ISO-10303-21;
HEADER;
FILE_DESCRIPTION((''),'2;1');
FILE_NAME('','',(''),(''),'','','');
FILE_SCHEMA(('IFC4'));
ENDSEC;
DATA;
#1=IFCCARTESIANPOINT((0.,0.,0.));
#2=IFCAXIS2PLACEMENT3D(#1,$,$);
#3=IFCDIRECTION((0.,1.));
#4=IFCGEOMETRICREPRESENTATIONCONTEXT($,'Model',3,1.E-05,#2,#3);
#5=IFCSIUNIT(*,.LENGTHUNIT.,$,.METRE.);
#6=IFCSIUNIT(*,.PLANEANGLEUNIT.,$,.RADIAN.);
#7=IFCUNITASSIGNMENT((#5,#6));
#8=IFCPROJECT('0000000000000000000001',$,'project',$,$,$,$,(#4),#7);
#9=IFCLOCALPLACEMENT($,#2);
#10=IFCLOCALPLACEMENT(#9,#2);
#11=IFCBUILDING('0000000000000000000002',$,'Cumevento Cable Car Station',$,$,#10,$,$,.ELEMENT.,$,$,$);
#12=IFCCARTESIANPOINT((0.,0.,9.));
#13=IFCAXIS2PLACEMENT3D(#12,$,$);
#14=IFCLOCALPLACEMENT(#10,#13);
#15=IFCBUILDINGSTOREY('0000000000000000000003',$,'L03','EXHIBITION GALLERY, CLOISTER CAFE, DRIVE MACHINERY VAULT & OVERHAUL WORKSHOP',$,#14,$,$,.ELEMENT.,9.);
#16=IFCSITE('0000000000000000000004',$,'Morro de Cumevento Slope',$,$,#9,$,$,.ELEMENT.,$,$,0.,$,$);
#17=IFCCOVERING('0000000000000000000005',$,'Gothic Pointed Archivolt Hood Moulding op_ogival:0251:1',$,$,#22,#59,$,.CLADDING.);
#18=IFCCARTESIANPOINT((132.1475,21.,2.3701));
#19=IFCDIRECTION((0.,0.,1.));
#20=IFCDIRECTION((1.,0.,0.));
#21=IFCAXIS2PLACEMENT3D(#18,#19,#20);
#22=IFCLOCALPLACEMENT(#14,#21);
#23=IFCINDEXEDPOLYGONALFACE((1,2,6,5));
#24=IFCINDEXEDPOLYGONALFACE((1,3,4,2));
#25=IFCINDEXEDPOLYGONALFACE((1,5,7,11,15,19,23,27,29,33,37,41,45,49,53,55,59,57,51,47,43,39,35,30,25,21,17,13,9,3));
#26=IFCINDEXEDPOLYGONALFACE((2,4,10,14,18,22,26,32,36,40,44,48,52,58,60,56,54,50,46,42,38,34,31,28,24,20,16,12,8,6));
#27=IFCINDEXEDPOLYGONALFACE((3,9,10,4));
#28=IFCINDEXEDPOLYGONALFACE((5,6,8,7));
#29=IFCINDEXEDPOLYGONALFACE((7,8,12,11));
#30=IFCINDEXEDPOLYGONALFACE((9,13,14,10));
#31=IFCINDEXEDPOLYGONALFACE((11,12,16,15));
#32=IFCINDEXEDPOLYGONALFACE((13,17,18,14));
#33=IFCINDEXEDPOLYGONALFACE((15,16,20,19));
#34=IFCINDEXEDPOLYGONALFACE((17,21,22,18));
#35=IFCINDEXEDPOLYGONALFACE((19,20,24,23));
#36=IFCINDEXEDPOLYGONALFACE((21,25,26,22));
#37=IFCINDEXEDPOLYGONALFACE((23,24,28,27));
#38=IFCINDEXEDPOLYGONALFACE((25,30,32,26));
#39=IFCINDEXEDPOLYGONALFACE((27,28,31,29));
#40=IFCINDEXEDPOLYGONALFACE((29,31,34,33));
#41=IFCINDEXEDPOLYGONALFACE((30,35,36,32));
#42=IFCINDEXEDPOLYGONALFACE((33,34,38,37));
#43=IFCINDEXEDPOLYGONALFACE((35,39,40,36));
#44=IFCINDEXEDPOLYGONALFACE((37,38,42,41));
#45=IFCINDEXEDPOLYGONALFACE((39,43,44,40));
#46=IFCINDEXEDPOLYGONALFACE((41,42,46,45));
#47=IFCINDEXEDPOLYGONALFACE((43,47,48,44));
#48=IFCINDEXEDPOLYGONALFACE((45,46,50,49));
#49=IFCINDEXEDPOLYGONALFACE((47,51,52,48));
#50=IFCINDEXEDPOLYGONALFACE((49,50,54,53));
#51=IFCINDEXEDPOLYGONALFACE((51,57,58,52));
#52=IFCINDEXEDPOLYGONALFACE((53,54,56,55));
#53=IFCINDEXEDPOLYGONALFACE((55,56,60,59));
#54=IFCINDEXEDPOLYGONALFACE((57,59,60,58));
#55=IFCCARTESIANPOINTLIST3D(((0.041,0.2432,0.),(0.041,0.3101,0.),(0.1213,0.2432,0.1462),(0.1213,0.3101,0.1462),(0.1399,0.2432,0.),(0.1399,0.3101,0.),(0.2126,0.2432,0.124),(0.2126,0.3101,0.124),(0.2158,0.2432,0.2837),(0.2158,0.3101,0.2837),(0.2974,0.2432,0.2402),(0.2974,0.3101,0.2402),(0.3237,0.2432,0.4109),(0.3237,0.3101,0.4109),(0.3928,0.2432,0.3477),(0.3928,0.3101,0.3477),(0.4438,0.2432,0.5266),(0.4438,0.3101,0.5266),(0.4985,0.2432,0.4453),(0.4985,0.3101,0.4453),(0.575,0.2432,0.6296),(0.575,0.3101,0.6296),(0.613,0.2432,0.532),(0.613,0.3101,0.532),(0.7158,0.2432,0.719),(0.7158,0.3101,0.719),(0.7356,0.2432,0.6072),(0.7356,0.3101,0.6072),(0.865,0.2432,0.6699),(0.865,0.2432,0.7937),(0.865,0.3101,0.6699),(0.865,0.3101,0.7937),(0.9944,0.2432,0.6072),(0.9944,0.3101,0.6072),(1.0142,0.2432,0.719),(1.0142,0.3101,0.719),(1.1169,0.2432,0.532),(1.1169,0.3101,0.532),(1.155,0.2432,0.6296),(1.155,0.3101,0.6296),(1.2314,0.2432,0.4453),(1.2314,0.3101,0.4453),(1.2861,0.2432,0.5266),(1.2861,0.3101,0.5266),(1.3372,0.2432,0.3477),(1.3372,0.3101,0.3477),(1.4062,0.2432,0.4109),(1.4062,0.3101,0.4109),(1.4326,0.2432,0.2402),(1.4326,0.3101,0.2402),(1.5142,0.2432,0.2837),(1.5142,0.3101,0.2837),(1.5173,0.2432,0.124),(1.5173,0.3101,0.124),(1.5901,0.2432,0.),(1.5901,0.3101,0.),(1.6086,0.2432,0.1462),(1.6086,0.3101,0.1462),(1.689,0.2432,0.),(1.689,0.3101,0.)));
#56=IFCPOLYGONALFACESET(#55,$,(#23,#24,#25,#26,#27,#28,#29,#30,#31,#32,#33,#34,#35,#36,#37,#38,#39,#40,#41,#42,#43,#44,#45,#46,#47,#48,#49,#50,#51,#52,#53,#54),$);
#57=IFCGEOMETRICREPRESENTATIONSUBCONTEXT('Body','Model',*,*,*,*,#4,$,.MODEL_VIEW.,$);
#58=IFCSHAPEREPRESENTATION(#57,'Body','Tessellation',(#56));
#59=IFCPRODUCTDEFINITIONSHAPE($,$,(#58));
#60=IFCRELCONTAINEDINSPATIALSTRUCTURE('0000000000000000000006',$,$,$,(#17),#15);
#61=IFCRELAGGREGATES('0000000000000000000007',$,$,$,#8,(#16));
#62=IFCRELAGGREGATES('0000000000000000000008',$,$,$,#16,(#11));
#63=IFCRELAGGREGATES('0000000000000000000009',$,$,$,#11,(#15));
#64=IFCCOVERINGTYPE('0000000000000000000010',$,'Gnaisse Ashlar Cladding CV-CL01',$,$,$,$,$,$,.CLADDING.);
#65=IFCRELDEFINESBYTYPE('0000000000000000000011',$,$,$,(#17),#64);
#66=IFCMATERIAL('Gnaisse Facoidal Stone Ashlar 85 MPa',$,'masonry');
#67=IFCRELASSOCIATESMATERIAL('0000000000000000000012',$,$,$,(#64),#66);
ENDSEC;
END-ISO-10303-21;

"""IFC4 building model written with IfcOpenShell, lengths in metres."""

from ifc_helpers import new_model, si_unit, direction, frame, origin, place, context, subcontext, project, spatial, polyline, outline, extrude, material, type_object, element, save


model = new_model("IFC4")

# Units and contexts
model_context = context("Model", 3, precision=1e-05, world=origin(), true_north=direction((0.0, 1.0)))
body_context = subcontext(model_context, "Body", "Model", "MODEL_VIEW")
ifc_project = project(units=[si_unit("LENGTHUNIT", "METRE"), si_unit("PLANEANGLEUNIT", "RADIAN")], contexts=[model_context])

# Site, building, storey
site_placement = place(None, origin())
site = spatial("IfcSite", under=ifc_project, at=site_placement, Name="Morro de Cumevento Slope", CompositionType="ELEMENT", RefElevation=0.0)
building_placement = place(site_placement, origin())
building = spatial("IfcBuilding", under=site, at=building_placement, Name="Cumevento Cable Car Station", CompositionType="ELEMENT")
storey_placement = place(building_placement, frame((0.0, 0.0, 9.0)))
storey = spatial("IfcBuildingStorey", under=building, at=storey_placement, Name="L03", Description="EXHIBITION GALLERY, CLOISTER CAFE, DRIVE MACHINERY VAULT & OVERHAUL WORKSHOP", CompositionType="ELEMENT", Elevation=9.0)

# Covering
ifc_material_1 = material(Name="Gnaisse Facoidal Stone Ashlar 85 MPa", Category="masonry")
covering_type = type_object("IfcCoveringType", Name="Gnaisse Ashlar Cladding CV-CL01", PredefinedType="CLADDING", material=ifc_material_1)
covering_1_placement = place(storey_placement, frame((132.1475, 21.0, 2.3701), z_axis=(0.0, 0.0, 1.0), x_axis=(1.0, 0.0, 0.0)))
element("IfcCovering", 1, at=covering_1_placement, inside=storey, type_object=covering_type, Name="Gothic Pointed Archivolt Hood Moulding op_ogival:0251:1", PredefinedType="CLADDING", context=body_context, shape_type="SweptSolid", body=[
    extrude(outline(polyline([(0.1399, 0.0), (0.2126, 0.124), (0.2974, 0.2402), (0.3928, 0.3477), (0.4985, 0.4453), (0.613, 0.532), (0.7356, 0.6072), (0.865, 0.6699), (0.9944, 0.6072), (1.1169, 0.532), (1.2314, 0.4453), (1.3372, 0.3477), (1.4326, 0.2402), (1.5173, 0.124), (1.5901, 0.0), (1.689, 0.0), (1.6086, 0.1462), (1.5142, 0.2837), (1.4062, 0.4109), (1.2861, 0.5266), (1.155, 0.6296), (1.0142, 0.719), (0.865, 0.7937), (0.7158, 0.719), (0.575, 0.6296), (0.4438, 0.5266), (0.3237, 0.4109), (0.2158, 0.2837), (0.1213, 0.1462), (0.041, 0.0), (0.1399, 0.0)])), frame((0.0, 0.3101, 0.0), z_axis=(0.0, -1.0, 0.0), x_axis=(1.0, 0.0, 0.0)), (0.0, 0.0, 1.0), 0.0669),
])

save(model, "model.ifc")
